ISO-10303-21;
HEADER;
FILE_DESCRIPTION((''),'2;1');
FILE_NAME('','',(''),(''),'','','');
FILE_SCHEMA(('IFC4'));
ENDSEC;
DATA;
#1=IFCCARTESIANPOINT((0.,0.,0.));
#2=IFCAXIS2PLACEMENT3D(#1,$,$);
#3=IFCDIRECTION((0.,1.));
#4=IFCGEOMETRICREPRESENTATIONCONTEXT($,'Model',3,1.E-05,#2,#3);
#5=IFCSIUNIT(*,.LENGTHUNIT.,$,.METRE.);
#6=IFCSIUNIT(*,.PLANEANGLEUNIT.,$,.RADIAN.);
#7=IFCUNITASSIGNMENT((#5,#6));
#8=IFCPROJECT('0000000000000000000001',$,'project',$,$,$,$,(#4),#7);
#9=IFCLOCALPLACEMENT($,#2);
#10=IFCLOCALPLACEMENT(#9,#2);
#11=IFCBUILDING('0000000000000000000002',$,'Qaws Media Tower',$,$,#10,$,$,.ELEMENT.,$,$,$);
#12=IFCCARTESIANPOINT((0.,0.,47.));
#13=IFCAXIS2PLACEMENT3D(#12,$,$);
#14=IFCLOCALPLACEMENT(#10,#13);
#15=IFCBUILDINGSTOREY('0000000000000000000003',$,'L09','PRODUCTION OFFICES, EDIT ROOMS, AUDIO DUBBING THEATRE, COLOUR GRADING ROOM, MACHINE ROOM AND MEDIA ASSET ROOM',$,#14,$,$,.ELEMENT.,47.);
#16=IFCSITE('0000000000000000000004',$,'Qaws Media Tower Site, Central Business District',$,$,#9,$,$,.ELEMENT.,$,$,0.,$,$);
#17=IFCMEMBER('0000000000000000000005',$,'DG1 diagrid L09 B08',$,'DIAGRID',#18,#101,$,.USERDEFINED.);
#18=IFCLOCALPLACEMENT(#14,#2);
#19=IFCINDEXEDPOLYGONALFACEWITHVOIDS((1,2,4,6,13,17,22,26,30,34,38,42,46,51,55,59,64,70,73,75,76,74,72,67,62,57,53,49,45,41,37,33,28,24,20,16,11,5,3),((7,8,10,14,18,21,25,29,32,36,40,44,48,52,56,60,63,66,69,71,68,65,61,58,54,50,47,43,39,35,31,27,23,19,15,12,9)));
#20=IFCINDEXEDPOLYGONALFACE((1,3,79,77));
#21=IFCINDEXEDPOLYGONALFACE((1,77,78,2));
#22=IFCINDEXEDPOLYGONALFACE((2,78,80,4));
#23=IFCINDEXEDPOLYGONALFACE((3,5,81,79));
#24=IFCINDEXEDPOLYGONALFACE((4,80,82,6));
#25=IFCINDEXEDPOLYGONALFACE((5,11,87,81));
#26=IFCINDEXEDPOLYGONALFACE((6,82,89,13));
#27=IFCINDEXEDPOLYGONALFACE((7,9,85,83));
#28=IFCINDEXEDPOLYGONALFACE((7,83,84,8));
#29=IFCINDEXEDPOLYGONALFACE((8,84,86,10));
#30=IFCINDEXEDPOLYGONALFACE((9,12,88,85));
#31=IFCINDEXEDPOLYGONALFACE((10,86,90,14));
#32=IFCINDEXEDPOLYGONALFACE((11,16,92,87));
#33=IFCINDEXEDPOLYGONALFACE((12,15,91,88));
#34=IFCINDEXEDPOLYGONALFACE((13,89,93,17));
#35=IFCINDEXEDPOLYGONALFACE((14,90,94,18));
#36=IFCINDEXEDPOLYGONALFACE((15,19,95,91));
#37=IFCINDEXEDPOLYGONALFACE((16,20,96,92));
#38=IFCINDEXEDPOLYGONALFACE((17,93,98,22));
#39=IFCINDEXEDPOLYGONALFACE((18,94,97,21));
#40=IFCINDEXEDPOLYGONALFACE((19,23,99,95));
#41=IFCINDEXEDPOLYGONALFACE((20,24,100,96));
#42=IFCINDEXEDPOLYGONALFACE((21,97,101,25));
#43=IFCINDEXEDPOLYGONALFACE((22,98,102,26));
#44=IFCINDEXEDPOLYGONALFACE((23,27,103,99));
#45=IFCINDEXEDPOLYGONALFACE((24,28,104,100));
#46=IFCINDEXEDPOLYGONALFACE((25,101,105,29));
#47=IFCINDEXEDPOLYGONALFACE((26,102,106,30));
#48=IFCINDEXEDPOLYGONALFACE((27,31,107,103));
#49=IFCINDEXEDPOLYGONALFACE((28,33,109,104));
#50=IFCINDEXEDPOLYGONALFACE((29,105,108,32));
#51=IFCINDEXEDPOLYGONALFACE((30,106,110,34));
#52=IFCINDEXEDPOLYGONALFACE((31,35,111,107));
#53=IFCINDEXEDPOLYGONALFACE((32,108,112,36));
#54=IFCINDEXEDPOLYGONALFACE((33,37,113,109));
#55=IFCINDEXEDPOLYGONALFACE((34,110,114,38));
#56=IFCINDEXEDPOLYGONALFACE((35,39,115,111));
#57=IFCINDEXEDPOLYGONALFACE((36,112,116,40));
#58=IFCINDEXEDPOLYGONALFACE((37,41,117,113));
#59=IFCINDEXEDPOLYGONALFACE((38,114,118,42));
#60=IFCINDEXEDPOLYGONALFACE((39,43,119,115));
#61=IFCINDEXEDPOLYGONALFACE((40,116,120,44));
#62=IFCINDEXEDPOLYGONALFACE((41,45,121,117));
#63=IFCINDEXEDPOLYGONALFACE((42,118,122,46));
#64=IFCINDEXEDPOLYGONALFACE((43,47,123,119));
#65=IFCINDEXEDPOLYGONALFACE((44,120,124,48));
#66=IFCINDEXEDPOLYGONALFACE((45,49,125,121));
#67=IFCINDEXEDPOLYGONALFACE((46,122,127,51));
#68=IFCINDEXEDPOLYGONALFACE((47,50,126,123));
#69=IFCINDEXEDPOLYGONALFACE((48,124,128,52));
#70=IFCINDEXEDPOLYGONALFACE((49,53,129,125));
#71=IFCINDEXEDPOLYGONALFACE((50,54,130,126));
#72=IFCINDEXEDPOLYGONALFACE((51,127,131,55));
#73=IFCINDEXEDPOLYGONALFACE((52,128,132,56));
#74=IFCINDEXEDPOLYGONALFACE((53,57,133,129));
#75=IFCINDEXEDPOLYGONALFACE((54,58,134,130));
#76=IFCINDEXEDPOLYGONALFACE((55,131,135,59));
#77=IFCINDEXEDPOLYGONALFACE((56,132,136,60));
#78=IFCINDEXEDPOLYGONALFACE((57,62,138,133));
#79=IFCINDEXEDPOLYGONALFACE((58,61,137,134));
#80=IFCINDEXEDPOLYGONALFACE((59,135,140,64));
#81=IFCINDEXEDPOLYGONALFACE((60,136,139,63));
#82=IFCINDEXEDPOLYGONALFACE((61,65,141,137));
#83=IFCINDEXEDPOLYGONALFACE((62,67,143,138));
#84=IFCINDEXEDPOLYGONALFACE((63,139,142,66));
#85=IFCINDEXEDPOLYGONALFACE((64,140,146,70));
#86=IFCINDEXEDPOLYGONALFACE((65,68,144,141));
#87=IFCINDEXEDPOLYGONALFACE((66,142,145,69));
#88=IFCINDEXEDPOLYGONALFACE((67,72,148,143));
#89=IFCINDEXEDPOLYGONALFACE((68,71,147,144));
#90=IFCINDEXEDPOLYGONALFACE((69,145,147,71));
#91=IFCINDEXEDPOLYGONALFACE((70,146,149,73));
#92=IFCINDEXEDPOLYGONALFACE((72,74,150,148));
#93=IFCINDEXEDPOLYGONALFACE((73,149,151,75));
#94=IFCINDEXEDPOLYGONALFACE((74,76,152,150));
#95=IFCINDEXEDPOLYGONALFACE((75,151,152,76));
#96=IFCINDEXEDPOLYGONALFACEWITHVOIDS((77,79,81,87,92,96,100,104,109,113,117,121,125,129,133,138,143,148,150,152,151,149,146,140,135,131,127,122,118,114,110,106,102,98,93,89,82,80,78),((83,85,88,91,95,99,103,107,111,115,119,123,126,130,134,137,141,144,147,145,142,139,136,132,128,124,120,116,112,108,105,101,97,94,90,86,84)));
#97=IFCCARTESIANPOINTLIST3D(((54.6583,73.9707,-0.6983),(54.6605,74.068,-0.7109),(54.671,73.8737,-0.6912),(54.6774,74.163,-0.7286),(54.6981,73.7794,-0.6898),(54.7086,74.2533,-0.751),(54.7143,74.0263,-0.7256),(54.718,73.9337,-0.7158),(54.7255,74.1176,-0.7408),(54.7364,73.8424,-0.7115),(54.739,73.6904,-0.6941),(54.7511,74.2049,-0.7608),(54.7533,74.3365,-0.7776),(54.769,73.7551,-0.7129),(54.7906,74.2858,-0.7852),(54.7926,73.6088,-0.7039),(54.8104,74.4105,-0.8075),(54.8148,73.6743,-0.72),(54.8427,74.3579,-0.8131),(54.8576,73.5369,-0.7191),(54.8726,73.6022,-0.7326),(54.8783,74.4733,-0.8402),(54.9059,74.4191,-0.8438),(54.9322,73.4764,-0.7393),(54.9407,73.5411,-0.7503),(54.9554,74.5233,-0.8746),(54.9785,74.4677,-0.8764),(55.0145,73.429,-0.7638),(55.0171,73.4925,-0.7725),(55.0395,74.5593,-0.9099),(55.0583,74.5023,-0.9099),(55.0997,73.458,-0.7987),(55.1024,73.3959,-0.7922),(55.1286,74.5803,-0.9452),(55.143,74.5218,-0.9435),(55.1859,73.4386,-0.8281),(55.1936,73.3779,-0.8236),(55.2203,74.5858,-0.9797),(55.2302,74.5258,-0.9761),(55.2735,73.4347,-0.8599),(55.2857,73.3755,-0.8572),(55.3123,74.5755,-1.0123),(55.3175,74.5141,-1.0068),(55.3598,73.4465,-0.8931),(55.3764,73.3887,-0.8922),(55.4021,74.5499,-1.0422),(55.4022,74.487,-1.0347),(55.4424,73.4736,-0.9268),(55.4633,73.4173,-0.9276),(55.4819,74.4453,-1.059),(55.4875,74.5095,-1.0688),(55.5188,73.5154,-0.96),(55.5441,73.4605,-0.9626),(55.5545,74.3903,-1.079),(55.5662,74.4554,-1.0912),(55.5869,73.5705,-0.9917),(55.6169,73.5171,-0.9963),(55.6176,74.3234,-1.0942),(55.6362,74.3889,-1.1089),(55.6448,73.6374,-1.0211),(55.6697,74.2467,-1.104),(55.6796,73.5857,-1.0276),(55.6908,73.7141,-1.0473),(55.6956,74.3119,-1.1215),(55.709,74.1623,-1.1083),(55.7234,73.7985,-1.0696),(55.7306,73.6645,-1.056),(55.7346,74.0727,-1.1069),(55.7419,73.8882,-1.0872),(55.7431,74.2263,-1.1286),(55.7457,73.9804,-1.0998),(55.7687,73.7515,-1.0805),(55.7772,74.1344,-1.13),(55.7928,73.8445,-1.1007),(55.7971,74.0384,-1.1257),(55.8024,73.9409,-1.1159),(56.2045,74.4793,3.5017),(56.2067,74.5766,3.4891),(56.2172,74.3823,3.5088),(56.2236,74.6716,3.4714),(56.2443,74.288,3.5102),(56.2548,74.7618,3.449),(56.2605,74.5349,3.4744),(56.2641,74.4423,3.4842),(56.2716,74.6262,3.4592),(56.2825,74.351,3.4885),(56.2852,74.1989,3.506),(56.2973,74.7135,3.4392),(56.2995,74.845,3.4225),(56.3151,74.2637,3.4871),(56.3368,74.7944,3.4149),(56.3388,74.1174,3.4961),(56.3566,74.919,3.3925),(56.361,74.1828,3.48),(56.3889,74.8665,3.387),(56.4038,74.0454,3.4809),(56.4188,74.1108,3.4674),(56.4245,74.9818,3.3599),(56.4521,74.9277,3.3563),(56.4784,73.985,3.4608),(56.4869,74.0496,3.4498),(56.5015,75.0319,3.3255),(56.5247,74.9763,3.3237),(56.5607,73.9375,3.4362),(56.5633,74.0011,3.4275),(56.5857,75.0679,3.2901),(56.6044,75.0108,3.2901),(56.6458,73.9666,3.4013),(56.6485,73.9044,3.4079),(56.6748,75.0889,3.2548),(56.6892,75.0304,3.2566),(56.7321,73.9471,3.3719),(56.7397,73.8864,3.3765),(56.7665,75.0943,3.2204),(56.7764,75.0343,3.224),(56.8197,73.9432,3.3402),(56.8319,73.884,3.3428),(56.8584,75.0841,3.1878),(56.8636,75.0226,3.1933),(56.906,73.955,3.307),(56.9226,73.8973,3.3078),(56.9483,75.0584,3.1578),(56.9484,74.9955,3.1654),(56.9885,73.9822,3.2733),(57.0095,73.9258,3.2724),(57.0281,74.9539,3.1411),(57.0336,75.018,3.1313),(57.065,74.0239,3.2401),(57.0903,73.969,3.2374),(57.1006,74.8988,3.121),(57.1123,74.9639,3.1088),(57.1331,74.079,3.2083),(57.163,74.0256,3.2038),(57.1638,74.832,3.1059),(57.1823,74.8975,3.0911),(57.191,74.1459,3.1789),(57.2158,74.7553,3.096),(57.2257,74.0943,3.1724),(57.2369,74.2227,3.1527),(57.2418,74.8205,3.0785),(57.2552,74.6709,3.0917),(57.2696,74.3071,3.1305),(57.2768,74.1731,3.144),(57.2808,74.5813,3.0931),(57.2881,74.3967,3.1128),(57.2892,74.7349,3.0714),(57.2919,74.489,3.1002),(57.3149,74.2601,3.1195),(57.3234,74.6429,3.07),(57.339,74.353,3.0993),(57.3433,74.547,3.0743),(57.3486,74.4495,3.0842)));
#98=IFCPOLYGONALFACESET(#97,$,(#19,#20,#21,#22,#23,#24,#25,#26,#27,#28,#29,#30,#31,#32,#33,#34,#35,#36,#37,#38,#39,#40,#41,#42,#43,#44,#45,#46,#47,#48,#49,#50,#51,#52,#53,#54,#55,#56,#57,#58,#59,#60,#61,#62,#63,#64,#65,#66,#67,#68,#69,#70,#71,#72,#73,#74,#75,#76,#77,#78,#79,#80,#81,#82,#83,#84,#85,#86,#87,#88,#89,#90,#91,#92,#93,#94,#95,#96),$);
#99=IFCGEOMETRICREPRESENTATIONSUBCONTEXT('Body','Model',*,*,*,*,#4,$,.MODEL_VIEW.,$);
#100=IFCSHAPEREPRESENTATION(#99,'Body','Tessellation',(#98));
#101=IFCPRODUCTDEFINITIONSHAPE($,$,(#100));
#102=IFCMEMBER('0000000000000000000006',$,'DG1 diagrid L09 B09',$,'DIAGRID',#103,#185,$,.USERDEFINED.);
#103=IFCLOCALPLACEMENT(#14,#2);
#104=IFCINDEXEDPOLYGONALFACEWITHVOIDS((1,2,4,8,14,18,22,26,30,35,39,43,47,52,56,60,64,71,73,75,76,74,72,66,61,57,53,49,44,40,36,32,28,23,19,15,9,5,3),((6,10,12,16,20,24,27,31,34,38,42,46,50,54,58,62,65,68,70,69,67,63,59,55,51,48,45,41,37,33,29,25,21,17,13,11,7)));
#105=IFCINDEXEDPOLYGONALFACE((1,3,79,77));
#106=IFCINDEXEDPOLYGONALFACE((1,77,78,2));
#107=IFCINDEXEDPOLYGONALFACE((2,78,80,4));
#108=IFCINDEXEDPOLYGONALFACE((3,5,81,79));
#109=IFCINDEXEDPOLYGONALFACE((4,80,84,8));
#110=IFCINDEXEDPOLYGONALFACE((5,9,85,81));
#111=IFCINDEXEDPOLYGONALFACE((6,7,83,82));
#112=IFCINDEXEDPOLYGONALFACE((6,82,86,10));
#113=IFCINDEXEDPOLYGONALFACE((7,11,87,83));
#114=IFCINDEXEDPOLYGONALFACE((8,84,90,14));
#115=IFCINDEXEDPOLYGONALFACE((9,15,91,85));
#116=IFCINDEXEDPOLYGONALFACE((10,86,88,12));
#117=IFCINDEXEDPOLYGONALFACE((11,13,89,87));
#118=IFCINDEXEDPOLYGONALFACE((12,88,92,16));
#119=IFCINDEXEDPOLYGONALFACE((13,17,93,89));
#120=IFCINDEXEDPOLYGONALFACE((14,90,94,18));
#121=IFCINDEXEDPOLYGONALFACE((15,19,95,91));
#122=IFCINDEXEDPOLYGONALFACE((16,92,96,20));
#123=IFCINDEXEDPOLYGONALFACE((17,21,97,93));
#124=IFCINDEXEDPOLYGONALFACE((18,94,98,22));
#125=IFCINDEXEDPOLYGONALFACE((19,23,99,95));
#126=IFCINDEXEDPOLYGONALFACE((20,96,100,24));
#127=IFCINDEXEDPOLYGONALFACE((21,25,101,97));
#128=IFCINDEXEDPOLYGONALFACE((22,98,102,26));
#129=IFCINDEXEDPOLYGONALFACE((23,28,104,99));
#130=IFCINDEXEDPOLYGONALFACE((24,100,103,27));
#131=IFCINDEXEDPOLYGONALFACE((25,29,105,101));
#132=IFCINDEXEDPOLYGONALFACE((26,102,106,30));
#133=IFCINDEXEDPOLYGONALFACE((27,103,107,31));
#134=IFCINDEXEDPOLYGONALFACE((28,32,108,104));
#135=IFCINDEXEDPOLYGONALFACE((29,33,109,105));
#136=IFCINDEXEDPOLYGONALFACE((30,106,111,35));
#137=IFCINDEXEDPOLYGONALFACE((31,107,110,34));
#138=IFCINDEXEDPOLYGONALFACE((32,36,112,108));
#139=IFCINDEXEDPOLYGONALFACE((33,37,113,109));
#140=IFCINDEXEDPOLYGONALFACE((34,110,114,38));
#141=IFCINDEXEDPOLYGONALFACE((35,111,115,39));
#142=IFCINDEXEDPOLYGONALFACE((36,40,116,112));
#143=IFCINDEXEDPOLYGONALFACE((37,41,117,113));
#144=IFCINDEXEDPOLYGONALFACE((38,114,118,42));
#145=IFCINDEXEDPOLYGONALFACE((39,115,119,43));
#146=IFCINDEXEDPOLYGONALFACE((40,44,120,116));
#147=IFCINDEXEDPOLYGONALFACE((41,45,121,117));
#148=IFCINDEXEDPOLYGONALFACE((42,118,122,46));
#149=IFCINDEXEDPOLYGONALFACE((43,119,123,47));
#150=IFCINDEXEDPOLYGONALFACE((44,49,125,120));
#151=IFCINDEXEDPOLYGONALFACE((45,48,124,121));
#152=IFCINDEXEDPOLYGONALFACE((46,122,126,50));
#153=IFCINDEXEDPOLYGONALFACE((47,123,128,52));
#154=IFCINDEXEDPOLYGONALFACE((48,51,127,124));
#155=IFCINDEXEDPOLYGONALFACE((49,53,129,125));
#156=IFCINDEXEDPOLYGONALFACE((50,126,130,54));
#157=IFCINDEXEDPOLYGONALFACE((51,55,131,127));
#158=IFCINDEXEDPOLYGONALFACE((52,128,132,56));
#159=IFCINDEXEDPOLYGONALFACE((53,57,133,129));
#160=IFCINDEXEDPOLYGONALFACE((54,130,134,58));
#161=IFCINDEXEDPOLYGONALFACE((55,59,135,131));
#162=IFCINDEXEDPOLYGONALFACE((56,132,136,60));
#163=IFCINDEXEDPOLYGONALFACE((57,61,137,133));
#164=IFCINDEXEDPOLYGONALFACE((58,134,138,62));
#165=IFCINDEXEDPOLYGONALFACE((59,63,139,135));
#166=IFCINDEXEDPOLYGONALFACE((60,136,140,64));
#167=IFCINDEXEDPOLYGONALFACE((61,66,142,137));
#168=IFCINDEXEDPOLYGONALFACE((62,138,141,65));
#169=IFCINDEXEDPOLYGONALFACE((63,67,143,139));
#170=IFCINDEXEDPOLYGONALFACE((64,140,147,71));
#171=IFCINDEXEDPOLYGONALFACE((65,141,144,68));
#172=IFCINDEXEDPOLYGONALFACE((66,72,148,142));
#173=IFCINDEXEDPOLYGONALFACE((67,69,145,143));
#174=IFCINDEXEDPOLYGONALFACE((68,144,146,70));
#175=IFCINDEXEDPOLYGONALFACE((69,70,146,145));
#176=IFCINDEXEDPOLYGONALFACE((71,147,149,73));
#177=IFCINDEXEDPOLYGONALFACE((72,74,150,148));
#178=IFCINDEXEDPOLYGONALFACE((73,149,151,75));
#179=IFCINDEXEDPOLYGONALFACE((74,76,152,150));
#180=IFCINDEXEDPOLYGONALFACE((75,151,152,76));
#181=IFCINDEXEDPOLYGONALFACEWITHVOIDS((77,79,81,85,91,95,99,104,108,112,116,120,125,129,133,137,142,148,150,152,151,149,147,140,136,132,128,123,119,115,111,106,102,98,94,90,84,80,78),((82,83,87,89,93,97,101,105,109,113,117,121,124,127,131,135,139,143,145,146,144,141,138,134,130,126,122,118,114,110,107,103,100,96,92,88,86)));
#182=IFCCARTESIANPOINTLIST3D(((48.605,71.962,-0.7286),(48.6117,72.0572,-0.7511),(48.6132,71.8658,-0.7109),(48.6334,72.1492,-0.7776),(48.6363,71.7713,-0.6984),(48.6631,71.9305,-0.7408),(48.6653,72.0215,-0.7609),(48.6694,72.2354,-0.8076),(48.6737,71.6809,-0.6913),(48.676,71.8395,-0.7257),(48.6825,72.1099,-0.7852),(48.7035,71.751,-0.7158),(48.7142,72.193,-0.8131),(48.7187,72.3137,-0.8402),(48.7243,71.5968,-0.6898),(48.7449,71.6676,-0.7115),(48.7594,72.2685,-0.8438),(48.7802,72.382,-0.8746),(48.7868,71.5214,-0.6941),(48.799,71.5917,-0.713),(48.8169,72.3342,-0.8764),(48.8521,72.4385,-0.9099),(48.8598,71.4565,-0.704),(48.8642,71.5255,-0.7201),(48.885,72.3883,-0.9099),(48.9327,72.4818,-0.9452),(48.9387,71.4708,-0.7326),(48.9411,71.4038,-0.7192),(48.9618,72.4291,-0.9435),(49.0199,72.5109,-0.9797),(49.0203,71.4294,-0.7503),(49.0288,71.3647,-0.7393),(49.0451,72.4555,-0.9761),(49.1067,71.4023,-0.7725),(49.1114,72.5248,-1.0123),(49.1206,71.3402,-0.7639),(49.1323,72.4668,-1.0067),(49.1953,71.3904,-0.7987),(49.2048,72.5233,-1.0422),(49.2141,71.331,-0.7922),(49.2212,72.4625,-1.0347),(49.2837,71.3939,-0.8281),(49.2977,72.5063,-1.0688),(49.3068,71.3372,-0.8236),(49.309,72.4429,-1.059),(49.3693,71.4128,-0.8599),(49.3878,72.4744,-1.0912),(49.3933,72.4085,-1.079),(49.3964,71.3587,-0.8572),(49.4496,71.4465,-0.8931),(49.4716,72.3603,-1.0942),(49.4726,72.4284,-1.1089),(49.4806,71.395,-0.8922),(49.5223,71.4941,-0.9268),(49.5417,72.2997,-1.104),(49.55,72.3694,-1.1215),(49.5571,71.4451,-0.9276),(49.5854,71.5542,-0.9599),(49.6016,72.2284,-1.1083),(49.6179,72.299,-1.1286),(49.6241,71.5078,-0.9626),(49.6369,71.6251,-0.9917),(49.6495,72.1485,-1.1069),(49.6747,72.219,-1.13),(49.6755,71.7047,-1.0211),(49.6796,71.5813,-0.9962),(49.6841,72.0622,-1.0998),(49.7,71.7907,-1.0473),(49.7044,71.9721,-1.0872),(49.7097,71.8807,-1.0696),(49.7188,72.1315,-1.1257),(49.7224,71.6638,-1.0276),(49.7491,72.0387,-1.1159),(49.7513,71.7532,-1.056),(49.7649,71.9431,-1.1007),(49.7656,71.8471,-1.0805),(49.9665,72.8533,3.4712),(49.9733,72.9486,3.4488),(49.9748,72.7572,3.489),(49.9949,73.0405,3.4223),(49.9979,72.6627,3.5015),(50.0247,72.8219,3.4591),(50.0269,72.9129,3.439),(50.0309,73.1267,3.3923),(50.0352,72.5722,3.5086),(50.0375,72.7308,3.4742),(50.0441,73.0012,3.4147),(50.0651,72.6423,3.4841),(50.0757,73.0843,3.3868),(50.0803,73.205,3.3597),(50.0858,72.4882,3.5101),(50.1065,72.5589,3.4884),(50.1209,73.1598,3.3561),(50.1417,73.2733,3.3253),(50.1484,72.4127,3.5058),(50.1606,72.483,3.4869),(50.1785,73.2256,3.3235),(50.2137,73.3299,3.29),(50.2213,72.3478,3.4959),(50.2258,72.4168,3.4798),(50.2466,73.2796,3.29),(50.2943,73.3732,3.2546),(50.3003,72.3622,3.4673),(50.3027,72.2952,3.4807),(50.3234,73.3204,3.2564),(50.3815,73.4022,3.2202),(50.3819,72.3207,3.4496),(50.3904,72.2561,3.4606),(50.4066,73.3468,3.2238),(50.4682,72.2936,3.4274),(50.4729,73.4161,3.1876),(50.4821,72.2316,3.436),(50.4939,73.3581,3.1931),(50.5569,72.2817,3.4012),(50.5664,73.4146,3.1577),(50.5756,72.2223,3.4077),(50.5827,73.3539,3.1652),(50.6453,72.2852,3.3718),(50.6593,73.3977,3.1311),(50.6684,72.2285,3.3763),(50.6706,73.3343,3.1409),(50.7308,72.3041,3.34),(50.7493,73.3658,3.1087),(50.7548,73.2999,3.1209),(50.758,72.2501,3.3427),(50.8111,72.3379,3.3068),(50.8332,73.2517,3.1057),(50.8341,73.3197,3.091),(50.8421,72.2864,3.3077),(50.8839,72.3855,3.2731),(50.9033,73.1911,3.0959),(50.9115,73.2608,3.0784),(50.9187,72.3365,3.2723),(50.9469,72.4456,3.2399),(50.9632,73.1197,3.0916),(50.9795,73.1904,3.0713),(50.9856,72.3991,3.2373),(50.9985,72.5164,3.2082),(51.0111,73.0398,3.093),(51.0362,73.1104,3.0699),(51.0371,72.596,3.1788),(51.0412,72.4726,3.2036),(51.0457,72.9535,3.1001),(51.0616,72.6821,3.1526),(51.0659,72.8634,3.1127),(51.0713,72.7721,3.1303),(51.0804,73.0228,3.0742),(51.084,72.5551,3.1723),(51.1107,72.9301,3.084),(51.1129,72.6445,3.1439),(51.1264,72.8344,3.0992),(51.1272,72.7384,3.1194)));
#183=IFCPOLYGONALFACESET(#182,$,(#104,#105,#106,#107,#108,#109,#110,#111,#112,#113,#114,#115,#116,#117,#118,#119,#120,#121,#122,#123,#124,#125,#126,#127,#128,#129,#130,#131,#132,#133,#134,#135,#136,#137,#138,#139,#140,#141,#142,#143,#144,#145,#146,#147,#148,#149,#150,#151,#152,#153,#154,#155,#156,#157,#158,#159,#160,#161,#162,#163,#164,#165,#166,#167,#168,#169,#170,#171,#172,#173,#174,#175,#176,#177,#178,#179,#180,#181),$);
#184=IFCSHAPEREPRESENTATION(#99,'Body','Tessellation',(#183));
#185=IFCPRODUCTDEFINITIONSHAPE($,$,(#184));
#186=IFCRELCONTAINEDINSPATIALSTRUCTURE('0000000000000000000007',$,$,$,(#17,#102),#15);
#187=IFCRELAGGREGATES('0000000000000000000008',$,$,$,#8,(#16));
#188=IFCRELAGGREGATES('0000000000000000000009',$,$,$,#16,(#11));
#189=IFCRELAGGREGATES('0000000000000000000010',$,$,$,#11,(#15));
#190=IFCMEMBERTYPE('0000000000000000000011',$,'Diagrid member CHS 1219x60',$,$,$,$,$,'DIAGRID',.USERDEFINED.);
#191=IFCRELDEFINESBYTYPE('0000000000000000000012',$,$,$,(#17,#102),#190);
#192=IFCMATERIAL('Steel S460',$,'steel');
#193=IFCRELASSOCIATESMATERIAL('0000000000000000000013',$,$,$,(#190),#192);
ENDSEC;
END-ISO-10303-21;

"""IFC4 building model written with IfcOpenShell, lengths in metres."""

from ifc_helpers import new_model, si_unit, direction, frame, origin, origin_2d, place, context, subcontext, project, spatial, hollow_circle, extrude, material, material_profile, profile_set, type_object, element, save


model = new_model("IFC4")

# Units and contexts
model_context = context("Model", 3, precision=1e-05, world=origin(), true_north=direction((0.0, 1.0)))
body_context = subcontext(model_context, "Body", "Model", "MODEL_VIEW")
ifc_project = project(units=[si_unit("LENGTHUNIT", "METRE"), si_unit("PLANEANGLEUNIT", "RADIAN")], contexts=[model_context])

# Site, building, storey
site_placement = place(None, origin())
site = spatial("IfcSite", under=ifc_project, at=site_placement, Name="Qaws Media Tower Site, Central Business District", CompositionType="ELEMENT", RefElevation=0.0)
building_placement = place(site_placement, origin())
building = spatial("IfcBuilding", under=site, at=building_placement, Name="Qaws Media Tower", CompositionType="ELEMENT")
storey_placement = place(building_placement, frame((0.0, 0.0, 47.0)))
storey = spatial("IfcBuildingStorey", under=building, at=storey_placement, Name="L09", Description="PRODUCTION OFFICES, EDIT ROOMS, AUDIO DUBBING THEATRE, COLOUR GRADING ROOM, MACHINE ROOM AND MEDIA ASSET ROOM", CompositionType="ELEMENT", Elevation=47.0)

# Members
ifc_material_1 = material(Name="Steel S460", Category="steel")
ifc_material_profile_1 = material_profile(ifc_material_1, hollow_circle(Radius=0.6096, WallThickness=0.0601, at=origin_2d()), Name="CHS 1219x60")
ifc_profile_set_1 = profile_set([ifc_material_profile_1], Name="Steel S460")
member_type_1 = type_object("IfcMemberType", Name="Diagrid member CHS 1219x60", ElementType="DIAGRID", PredefinedType="USERDEFINED", material=ifc_profile_set_1)
for number, where, z_axis, x_axis, name in (
    (1, (55.23, 73.9802, -0.9099), (0.343259, 0.112902, 0.93243), (-0.312445, 0.949936, 0.0), "DG1 diagrid L09 B08"),
):
    element("IfcMember", number, at=place(storey_placement, frame(where, z_axis=z_axis, x_axis=x_axis)), inside=storey, type_object=member_type_1, Name=name, ObjectType="DIAGRID", PredefinedType="USERDEFINED", context=body_context, shape_type="SweptSolid", body=[
        extrude(hollow_circle(Radius=0.6096, WallThickness=0.0601, at=origin_2d()), origin(), (0.0, 0.0, 1.0), 4.5044),
    ])
member_1_placement = place(storey_placement, frame((49.186, 71.9285, -0.9099), z_axis=(0.302288, 0.197894, 0.932448), x_axis=(-0.547722, 0.83666, 0.0)))
element("IfcMember", 2, at=member_1_placement, inside=storey, type_object=member_type_1, Name="DG1 diagrid L09 B09", ObjectType="DIAGRID", PredefinedType="USERDEFINED", context=body_context, shape_type="SweptSolid", body=[
    extrude(hollow_circle(Radius=0.6096, WallThickness=0.0601, at=origin_2d()), origin(), (0.0, 0.0, 1.0), 4.5042),
])

save(model, "model.ifc")
